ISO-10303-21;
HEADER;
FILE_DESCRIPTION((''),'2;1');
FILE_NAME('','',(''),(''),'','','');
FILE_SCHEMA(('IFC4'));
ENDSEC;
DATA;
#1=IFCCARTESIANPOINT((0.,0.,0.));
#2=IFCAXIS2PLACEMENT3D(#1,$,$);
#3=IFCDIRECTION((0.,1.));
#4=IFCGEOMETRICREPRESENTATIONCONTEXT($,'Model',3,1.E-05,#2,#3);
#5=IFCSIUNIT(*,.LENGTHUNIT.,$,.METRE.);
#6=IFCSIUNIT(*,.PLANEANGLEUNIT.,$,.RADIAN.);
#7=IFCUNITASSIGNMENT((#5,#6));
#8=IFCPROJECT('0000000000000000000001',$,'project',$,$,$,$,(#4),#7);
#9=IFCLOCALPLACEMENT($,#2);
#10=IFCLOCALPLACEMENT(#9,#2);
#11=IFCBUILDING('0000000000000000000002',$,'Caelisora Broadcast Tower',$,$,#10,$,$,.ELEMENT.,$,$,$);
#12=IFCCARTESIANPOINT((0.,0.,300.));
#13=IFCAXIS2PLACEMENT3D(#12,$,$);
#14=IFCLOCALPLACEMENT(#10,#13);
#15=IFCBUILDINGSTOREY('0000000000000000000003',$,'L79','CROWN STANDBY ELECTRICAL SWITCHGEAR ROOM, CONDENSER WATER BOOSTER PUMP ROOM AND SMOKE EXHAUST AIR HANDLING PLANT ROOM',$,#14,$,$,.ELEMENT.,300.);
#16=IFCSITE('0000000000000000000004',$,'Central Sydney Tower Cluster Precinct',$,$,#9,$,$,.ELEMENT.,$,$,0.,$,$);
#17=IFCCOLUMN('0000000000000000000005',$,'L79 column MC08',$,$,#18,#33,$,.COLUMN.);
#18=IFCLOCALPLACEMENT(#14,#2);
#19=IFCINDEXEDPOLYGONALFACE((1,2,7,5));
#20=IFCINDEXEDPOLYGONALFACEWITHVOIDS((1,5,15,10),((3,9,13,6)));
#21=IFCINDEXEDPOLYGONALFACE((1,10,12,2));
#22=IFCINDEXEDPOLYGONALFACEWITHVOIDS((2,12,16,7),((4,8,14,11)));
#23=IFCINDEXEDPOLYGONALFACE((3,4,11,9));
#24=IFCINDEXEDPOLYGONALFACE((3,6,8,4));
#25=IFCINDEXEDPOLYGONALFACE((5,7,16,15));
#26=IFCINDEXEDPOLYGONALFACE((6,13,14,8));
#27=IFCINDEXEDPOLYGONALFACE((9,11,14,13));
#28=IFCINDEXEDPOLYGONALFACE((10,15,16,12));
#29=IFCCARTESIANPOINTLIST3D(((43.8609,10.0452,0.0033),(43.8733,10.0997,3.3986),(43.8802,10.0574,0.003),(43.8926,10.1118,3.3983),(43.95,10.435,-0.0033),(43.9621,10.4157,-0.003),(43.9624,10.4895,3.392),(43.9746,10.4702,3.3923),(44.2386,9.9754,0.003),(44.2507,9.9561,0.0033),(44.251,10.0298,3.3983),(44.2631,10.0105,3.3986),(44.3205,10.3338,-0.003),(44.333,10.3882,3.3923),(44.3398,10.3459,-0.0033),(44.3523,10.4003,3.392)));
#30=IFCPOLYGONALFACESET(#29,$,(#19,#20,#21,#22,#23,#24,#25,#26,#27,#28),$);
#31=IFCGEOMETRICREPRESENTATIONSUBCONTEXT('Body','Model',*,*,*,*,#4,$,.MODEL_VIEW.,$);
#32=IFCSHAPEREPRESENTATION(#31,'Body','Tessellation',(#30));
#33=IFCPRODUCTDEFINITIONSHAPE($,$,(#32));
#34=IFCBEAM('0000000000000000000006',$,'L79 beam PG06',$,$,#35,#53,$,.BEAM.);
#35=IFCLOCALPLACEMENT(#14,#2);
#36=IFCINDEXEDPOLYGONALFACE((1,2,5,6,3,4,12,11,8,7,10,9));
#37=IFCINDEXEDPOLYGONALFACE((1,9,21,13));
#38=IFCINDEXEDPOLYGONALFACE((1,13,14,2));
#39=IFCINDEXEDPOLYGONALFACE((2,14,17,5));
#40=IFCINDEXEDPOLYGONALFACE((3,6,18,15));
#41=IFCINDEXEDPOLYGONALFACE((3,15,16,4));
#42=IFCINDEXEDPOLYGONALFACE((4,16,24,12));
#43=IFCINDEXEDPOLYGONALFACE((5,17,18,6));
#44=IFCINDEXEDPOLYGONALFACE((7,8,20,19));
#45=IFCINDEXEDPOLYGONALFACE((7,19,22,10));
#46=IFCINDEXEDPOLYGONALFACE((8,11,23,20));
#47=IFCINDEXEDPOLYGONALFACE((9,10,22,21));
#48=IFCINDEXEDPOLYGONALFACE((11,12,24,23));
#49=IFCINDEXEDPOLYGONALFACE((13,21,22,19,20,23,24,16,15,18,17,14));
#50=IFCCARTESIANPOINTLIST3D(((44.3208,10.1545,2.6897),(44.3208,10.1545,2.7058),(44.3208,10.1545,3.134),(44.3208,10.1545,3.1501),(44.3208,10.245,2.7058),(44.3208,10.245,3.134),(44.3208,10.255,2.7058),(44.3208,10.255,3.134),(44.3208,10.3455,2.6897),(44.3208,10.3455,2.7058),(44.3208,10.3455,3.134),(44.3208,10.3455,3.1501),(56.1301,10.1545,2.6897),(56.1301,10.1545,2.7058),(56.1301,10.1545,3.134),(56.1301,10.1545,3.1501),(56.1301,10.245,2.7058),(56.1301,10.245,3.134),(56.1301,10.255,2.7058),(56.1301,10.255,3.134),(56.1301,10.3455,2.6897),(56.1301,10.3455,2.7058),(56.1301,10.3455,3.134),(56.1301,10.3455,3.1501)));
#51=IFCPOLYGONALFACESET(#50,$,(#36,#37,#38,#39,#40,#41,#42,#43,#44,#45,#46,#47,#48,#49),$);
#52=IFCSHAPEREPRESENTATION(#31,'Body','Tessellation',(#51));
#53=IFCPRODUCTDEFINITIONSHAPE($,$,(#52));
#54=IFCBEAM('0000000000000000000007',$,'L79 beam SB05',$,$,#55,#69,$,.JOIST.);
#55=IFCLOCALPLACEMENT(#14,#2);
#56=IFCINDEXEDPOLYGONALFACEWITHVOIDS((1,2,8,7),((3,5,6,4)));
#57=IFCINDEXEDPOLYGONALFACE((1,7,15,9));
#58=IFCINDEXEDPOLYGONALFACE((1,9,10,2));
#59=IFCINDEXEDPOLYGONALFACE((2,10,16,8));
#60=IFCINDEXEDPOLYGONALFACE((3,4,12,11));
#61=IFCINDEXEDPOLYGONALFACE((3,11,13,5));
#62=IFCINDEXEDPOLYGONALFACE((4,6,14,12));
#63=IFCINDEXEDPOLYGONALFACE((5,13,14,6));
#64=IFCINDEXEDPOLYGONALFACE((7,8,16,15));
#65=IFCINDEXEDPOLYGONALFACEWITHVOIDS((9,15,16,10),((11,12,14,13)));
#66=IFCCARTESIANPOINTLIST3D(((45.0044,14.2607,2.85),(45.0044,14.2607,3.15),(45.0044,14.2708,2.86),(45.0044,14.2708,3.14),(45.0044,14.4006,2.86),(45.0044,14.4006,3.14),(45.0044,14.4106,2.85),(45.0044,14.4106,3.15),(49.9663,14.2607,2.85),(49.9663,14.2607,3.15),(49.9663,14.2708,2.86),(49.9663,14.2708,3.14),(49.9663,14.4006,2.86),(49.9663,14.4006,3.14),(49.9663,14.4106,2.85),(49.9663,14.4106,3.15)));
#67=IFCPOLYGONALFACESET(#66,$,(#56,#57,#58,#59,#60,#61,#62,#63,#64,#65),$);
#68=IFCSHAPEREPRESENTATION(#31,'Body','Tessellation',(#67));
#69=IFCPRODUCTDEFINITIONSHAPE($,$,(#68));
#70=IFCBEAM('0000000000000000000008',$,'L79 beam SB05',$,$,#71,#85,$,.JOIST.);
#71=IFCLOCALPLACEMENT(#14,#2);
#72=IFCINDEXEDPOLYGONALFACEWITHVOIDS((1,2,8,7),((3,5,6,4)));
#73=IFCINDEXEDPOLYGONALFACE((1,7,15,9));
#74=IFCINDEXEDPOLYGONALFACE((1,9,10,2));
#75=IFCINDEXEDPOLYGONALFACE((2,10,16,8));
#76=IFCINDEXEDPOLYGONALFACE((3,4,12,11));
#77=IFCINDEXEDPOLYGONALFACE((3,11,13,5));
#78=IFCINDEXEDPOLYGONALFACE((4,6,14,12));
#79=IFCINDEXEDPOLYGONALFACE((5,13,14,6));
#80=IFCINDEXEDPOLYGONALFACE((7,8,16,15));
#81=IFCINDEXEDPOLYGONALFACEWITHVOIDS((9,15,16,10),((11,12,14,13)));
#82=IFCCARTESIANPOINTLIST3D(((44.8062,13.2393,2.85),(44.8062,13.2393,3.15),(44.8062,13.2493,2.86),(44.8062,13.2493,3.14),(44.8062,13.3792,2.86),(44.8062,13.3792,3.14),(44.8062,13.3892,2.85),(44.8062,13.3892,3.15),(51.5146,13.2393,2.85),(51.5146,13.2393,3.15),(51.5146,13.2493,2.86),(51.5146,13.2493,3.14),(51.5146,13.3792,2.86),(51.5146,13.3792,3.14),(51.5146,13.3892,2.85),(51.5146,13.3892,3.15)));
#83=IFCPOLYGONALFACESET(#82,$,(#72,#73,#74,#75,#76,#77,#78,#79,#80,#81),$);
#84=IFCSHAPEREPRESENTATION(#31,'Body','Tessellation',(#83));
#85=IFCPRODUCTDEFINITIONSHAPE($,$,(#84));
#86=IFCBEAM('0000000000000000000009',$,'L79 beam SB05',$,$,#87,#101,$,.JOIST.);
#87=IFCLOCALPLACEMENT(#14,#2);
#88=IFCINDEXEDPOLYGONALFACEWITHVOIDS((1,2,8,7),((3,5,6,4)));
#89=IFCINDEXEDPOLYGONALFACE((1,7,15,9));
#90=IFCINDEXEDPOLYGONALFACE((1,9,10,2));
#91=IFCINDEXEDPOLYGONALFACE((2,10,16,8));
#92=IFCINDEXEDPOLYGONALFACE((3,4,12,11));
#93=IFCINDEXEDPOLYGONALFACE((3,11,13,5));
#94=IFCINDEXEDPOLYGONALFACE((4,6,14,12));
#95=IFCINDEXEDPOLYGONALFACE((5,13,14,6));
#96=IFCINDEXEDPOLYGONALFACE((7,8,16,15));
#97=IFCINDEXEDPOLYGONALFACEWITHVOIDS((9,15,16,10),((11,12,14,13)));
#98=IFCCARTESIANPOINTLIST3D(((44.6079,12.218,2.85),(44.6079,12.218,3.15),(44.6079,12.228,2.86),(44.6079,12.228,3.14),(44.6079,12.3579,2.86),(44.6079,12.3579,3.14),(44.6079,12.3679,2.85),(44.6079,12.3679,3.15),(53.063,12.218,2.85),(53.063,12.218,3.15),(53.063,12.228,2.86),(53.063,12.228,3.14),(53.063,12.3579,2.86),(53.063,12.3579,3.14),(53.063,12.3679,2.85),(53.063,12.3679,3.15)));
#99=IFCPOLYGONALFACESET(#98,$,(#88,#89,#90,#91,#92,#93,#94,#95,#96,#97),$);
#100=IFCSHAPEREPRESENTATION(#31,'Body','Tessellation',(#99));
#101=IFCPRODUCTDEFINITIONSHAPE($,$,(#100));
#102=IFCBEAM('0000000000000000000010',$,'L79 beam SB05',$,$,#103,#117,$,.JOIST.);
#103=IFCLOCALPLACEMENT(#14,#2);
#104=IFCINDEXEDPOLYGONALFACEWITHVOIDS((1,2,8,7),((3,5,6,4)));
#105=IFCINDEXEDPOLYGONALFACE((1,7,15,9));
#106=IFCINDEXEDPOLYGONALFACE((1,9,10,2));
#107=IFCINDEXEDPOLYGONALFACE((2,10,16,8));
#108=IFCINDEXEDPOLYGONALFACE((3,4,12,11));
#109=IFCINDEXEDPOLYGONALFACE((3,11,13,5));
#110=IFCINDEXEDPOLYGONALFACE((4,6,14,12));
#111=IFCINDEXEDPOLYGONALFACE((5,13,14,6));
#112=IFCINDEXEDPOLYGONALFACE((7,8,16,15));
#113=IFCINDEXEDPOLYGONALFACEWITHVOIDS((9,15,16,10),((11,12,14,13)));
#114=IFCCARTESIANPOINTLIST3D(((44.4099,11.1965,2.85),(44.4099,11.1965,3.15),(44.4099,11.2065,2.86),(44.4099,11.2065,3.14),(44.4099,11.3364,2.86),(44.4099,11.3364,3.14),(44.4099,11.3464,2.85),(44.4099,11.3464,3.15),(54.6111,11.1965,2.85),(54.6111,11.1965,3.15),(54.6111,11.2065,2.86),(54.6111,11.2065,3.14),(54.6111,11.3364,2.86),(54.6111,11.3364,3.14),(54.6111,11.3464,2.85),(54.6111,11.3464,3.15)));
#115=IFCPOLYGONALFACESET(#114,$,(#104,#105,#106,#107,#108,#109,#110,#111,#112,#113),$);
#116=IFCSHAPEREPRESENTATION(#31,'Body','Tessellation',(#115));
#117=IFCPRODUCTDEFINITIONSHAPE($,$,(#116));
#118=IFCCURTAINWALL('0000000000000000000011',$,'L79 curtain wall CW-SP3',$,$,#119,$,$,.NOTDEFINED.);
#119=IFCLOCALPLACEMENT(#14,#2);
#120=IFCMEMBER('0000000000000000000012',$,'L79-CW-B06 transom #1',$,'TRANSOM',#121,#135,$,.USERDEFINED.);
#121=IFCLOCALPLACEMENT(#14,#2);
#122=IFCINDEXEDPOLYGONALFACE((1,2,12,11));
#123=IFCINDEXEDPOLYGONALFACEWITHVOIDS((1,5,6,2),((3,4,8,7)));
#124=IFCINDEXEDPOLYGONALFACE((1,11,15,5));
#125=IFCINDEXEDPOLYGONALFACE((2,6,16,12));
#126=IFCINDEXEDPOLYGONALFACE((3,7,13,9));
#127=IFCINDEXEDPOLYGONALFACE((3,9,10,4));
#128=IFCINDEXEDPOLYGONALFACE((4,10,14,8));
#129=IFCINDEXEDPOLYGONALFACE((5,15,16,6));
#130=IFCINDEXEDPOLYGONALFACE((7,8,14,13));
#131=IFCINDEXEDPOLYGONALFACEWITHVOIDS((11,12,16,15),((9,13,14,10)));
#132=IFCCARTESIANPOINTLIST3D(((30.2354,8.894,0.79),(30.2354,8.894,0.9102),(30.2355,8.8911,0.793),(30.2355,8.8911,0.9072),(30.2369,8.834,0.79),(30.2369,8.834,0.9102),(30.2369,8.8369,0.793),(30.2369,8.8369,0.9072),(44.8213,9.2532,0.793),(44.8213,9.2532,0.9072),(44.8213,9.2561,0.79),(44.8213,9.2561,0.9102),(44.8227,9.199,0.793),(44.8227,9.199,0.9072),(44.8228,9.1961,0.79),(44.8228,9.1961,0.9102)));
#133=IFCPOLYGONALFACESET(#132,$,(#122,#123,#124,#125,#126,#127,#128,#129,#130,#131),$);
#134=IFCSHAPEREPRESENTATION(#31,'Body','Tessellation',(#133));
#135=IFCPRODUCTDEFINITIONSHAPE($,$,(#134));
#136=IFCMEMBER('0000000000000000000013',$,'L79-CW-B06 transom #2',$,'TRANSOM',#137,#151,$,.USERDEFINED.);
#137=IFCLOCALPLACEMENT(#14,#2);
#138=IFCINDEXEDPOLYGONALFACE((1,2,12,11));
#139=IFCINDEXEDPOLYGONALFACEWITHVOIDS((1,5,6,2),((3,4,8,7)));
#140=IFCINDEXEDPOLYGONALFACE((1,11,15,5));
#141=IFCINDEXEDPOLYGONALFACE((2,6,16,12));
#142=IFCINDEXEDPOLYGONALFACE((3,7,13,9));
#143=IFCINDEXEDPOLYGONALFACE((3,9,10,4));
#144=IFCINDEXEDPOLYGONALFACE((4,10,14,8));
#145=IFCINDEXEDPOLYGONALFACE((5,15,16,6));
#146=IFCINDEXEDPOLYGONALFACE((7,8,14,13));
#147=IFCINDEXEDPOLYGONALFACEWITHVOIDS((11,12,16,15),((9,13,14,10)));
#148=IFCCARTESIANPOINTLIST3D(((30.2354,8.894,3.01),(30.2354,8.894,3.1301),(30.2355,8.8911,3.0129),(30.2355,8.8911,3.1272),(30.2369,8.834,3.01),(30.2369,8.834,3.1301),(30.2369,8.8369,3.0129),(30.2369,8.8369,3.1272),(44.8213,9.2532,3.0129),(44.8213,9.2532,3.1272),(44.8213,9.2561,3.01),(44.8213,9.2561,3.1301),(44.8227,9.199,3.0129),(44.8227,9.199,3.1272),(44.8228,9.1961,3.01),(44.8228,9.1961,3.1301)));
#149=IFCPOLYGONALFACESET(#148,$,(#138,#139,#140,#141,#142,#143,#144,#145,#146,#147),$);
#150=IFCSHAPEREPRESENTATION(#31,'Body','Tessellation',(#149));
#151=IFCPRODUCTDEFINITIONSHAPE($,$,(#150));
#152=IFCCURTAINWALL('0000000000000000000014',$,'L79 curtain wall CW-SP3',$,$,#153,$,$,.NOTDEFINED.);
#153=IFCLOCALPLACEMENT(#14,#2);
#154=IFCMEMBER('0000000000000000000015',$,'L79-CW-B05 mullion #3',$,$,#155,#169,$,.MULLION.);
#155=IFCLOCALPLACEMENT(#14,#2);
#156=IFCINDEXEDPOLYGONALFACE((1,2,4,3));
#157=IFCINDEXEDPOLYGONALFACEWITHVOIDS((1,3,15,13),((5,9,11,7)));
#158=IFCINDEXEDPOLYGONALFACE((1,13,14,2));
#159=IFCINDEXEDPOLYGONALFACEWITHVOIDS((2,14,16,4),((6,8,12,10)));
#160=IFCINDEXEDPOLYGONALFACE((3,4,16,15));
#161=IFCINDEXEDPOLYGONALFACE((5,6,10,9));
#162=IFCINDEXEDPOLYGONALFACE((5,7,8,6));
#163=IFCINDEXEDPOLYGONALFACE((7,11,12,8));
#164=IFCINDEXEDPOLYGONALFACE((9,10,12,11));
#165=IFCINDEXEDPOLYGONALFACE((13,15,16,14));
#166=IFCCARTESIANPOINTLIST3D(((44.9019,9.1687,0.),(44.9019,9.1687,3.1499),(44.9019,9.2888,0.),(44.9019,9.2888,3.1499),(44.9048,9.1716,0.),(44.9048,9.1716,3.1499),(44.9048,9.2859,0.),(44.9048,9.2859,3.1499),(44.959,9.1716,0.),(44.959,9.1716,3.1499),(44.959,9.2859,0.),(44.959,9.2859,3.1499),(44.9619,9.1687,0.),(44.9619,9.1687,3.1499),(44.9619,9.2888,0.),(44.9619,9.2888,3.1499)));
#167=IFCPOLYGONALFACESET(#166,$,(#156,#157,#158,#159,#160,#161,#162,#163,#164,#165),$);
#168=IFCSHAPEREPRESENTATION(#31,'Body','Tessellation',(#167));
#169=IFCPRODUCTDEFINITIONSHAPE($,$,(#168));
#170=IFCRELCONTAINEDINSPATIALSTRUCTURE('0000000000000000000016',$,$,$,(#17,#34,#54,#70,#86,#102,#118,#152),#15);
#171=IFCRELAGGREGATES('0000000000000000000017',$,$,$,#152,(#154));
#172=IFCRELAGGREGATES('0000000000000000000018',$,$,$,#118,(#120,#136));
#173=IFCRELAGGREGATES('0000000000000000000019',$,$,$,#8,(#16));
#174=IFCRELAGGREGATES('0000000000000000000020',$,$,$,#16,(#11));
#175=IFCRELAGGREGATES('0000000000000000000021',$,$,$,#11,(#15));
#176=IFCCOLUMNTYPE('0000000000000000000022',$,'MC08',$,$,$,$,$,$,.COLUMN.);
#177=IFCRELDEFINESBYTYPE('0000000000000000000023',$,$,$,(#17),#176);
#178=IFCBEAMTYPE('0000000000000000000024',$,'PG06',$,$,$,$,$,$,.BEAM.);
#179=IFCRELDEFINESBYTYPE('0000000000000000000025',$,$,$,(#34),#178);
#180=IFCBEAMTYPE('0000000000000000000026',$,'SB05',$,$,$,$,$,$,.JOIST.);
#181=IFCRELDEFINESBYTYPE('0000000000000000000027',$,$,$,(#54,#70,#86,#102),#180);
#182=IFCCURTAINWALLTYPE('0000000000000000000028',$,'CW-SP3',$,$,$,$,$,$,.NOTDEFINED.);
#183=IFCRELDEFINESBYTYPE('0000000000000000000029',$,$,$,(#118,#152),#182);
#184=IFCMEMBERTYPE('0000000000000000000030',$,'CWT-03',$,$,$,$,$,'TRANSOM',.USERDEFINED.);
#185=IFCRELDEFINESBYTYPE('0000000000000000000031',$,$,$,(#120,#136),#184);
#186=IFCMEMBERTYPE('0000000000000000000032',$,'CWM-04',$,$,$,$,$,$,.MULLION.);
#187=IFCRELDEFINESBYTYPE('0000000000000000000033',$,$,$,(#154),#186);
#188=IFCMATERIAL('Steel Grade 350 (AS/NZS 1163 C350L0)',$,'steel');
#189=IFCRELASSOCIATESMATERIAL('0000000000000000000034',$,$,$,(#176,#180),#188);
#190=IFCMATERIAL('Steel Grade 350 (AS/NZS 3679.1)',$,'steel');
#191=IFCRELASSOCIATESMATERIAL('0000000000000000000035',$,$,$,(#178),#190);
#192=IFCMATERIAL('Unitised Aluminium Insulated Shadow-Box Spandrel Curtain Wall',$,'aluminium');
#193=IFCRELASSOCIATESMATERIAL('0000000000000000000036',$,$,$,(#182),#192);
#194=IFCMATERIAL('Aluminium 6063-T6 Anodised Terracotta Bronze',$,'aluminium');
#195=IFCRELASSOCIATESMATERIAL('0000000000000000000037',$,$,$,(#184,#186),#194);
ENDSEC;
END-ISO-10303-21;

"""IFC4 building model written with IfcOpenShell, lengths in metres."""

from ifc_helpers import new_model, si_unit, direction, frame, origin, origin_2d, place, context, subcontext, project, spatial, hollow_rectangle, i_section, extrude, source, transform, mapped, material, material_profile, profile_set, type_object, type_shapes, element, aggregate, save


model = new_model("IFC4")

# Units and contexts
model_context = context("Model", 3, precision=1e-05, world=origin(), true_north=direction((0.0, 1.0)))
body_context = subcontext(model_context, "Body", "Model", "MODEL_VIEW")
ifc_project = project(units=[si_unit("LENGTHUNIT", "METRE"), si_unit("PLANEANGLEUNIT", "RADIAN")], contexts=[model_context])

# Site, building, storey
site_placement = place(None, origin())
site = spatial("IfcSite", under=ifc_project, at=site_placement, Name="Central Sydney Tower Cluster Precinct", CompositionType="ELEMENT", RefElevation=0.0)
building_placement = place(site_placement, origin())
building = spatial("IfcBuilding", under=site, at=building_placement, Name="Caelisora Broadcast Tower", CompositionType="ELEMENT")
storey_placement = place(building_placement, frame((0.0, 0.0, 300.0)))
storey = spatial("IfcBuildingStorey", under=building, at=storey_placement, Name="L79", Description="CROWN STANDBY ELECTRICAL SWITCHGEAR ROOM, CONDENSER WATER BOOSTER PUMP ROOM AND SMOKE EXHAUST AIR HANDLING PLANT ROOM", CompositionType="ELEMENT", Elevation=300.0)

# Column
ifc_material_1 = material(Name="Steel Grade 350 (AS/NZS 1163 C350L0)", Category="steel")
ifc_material_profile_1 = material_profile(ifc_material_1, hollow_rectangle(XDim=0.3999, YDim=0.3999, WallThickness=0.0161, at=origin_2d()), Name="Steel Grade 350 (AS/NZS 1163 C350L0)")
ifc_profile_set_1 = profile_set([ifc_material_profile_1], Name="Steel Grade 350 (AS/NZS 1163 C350L0)")
column_type = type_object("IfcColumnType", Name="MC08", PredefinedType="COLUMN", material=ifc_profile_set_1)
shared_shape_1 = source(origin(), body_context, "Body", "SweptSolid", [
    extrude(hollow_rectangle(XDim=0.3999, YDim=0.3999, WallThickness=0.0161, at=origin_2d()), origin(), (0.0, 0.0, 1.0), 3.3958),
])
type_shapes(column_type, [shared_shape_1])
column_placement = place(storey_placement, frame((44.1003, 10.1956, 0.0), z_axis=(0.003667, 0.016033, 0.999865), x_axis=(-0.974831, 0.222943, 0.0)))
element("IfcColumn", 1, at=column_placement, inside=storey, type_object=column_type, Name="L79 column MC08", PredefinedType="COLUMN", context=body_context, shape_type="MappedRepresentation", body=[
    mapped(shared_shape_1, transform((0.0, 0.0, 0.0), scale=1.0)),
])

# Beams
ifc_material_2 = material(Name="Steel Grade 350 (AS/NZS 3679.1)", Category="steel")
ifc_material_profile_2 = material_profile(ifc_material_2, i_section(OverallWidth=0.1909, OverallDepth=0.4604, WebThickness=0.01, FlangeThickness=0.0161, at=origin_2d()), Name="Steel Grade 350 (AS/NZS 3679.1)")
ifc_profile_set_2 = profile_set([ifc_material_profile_2], Name="Steel Grade 350 (AS/NZS 3679.1)")
beam_type_1 = type_object("IfcBeamType", Name="PG06", PredefinedType="BEAM", material=ifc_profile_set_2)
shared_shape_2 = source(origin(), body_context, "Body", "SweptSolid", [
    extrude(i_section(OverallWidth=0.1909, OverallDepth=0.4604, WebThickness=0.01, FlangeThickness=0.0161, at=origin_2d()), origin(), (0.0, 0.0, 1.0), 11.8093),
])
type_shapes(beam_type_1, [shared_shape_2])
beam_1_placement = place(storey_placement, frame((44.3208, 10.25, 2.9199), z_axis=(1.0, 0.0, 0.0), x_axis=(0.0, 1.0, 0.0)))
element("IfcBeam", 2, at=beam_1_placement, inside=storey, type_object=beam_type_1, Name="L79 beam PG06", PredefinedType="BEAM", context=body_context, shape_type="MappedRepresentation", body=[
    mapped(shared_shape_2, transform((0.0, 0.0, 0.0), scale=1.0)),
])
ifc_material_profile_3 = material_profile(ifc_material_1, hollow_rectangle(XDim=0.1499, YDim=0.3, WallThickness=0.01, at=origin_2d()), Name="Steel Grade 350 (AS/NZS 1163 C350L0)")
ifc_profile_set_3 = profile_set([ifc_material_profile_3], Name="Steel Grade 350 (AS/NZS 1163 C350L0)")
beam_type_2 = type_object("IfcBeamType", Name="SB05", PredefinedType="JOIST", material=ifc_profile_set_3)
shared_shape_3 = source(origin(), body_context, "Body", "SweptSolid", [
    extrude(hollow_rectangle(XDim=0.1499, YDim=0.3, WallThickness=0.01, at=origin_2d()), origin(), (0.0, 0.0, 1.0), 4.9619),
])
beam_2_placement = place(storey_placement, frame((45.0044, 14.3357, 3.0), z_axis=(1.0, 0.0, 0.0), x_axis=(0.0, 1.0, 0.0)))
element("IfcBeam", 3, at=beam_2_placement, inside=storey, type_object=beam_type_2, Name="L79 beam SB05", PredefinedType="JOIST", context=body_context, shape_type="MappedRepresentation", body=[
    mapped(shared_shape_3, transform((0.0, 0.0, 0.0), scale=1.0)),
])
shared_shape_4 = source(origin(), body_context, "Body", "SweptSolid", [
    extrude(hollow_rectangle(XDim=0.1499, YDim=0.3, WallThickness=0.01, at=origin_2d()), origin(), (0.0, 0.0, 1.0), 6.7085),
])
beam_3_placement = place(storey_placement, frame((44.8062, 13.3142, 3.0), z_axis=(1.0, 0.0, 0.0), x_axis=(0.0, 1.0, 0.0)))
element("IfcBeam", 4, at=beam_3_placement, inside=storey, type_object=beam_type_2, Name="L79 beam SB05", PredefinedType="JOIST", context=body_context, shape_type="MappedRepresentation", body=[
    mapped(shared_shape_4, transform((0.0, 0.0, 0.0), scale=1.0)),
])
shared_shape_5 = source(origin(), body_context, "Body", "SweptSolid", [
    extrude(hollow_rectangle(XDim=0.1499, YDim=0.3, WallThickness=0.01, at=origin_2d()), origin(), (0.0, 0.0, 1.0), 8.4551),
])
beam_4_placement = place(storey_placement, frame((44.6079, 12.293, 3.0), z_axis=(1.0, 0.0, 0.0), x_axis=(0.0, 1.0, 0.0)))
element("IfcBeam", 5, at=beam_4_placement, inside=storey, type_object=beam_type_2, Name="L79 beam SB05", PredefinedType="JOIST", context=body_context, shape_type="MappedRepresentation", body=[
    mapped(shared_shape_5, transform((0.0, 0.0, 0.0), scale=1.0)),
])
shared_shape_6 = source(origin(), body_context, "Body", "SweptSolid", [
    extrude(hollow_rectangle(XDim=0.1499, YDim=0.3, WallThickness=0.01, at=origin_2d()), origin(), (0.0, 0.0, 1.0), 10.2012),
])
type_shapes(beam_type_2, [shared_shape_3, shared_shape_4, shared_shape_5, shared_shape_6])
beam_5_placement = place(storey_placement, frame((44.4099, 11.2715, 3.0), z_axis=(1.0, 0.0, 0.0), x_axis=(0.0, 1.0, 0.0)))
element("IfcBeam", 6, at=beam_5_placement, inside=storey, type_object=beam_type_2, Name="L79 beam SB05", PredefinedType="JOIST", context=body_context, shape_type="MappedRepresentation", body=[
    mapped(shared_shape_6, transform((0.0, 0.0, 0.0), scale=1.0)),
])

# Curtain wall, members
ifc_material_3 = material(Name="Unitised Aluminium Insulated Shadow-Box Spandrel Curtain Wall", Category="aluminium")
curtain_wall_type = type_object("IfcCurtainWallType", Name="CW-SP3", PredefinedType="NOTDEFINED", material=ifc_material_3)
curtain_wall_1_placement = place(storey_placement, origin())
curtain_wall_1 = element("IfcCurtainWall", 7, at=curtain_wall_1_placement, inside=storey, type_object=curtain_wall_type, Name="L79 curtain wall CW-SP3", PredefinedType="NOTDEFINED")
ifc_material_4 = material(Name="Aluminium 6063-T6 Anodised Terracotta Bronze", Category="aluminium")
ifc_material_profile_4 = material_profile(ifc_material_4, hollow_rectangle(XDim=0.0601, YDim=0.1201, WallThickness=0.0029, at=origin_2d()), Name="Aluminium 6063-T6 Anodised Terracotta Bronze")
ifc_profile_set_4 = profile_set([ifc_material_profile_4], Name="Aluminium 6063-T6 Anodised Terracotta Bronze")
member_type_1 = type_object("IfcMemberType", Name="CWT-03", ElementType="TRANSOM", PredefinedType="USERDEFINED", material=ifc_profile_set_4)
shared_shape_7 = source(origin(), body_context, "Body", "SweptSolid", [
    extrude(hollow_rectangle(XDim=0.0601, YDim=0.1201, WallThickness=0.0029, at=origin_2d()), origin(), (0.0, 0.0, 1.0), 14.5903),
])
type_shapes(member_type_1, [shared_shape_7])
member_1_placement = place(storey_placement, frame((44.822, 9.2261, 0.8501), z_axis=(-0.999692, -0.024815, 0.0), x_axis=(0.024815, -0.999692, 0.0)))
member_1 = element("IfcMember", 8, at=member_1_placement, type_object=member_type_1, Name="L79-CW-B06 transom #1", ObjectType="TRANSOM", PredefinedType="USERDEFINED", context=body_context, shape_type="MappedRepresentation", body=[
    mapped(shared_shape_7, transform((0.0, 0.0, 0.0), scale=1.0)),
])
member_2_placement = place(storey_placement, frame((44.822, 9.2261, 3.0701), z_axis=(-0.999692, -0.024815, 0.0), x_axis=(0.024815, -0.999692, 0.0)))
member_2 = element("IfcMember", 9, at=member_2_placement, type_object=member_type_1, Name="L79-CW-B06 transom #2", ObjectType="TRANSOM", PredefinedType="USERDEFINED", context=body_context, shape_type="MappedRepresentation", body=[
    mapped(shared_shape_7, transform((0.0, 0.0, 0.0), scale=1.0)),
])

# Curtain wall, member
curtain_wall_2_placement = place(storey_placement, origin())
curtain_wall_2 = element("IfcCurtainWall", 10, at=curtain_wall_2_placement, inside=storey, type_object=curtain_wall_type, Name="L79 curtain wall CW-SP3", PredefinedType="NOTDEFINED")
ifc_material_profile_5 = material_profile(ifc_material_4, hollow_rectangle(XDim=0.0601, YDim=0.1201, WallThickness=0.0029, at=origin_2d()), Name="Aluminium 6063-T6 Anodised Terracotta Bronze")
ifc_profile_set_5 = profile_set([ifc_material_profile_5], Name="Aluminium 6063-T6 Anodised Terracotta Bronze")
member_type_2 = type_object("IfcMemberType", Name="CWM-04", PredefinedType="MULLION", material=ifc_profile_set_5)
shared_shape_8 = source(origin(), body_context, "Body", "SweptSolid", [
    extrude(hollow_rectangle(XDim=0.0601, YDim=0.1201, WallThickness=0.0029, at=origin_2d()), origin(), (0.0, 0.0, 1.0), 3.1499),
])
type_shapes(member_type_2, [shared_shape_8])
member_3_placement = place(storey_placement, frame((44.9319, 9.2288, 0.0), z_axis=(0.0, 0.0, 1.0), x_axis=(1.0, 0.0, 0.0)))
member_3 = element("IfcMember", 11, at=member_3_placement, type_object=member_type_2, Name="L79-CW-B05 mullion #3", PredefinedType="MULLION", context=body_context, shape_type="MappedRepresentation", body=[
    mapped(shared_shape_8, transform((0.0, 0.0, 0.0), scale=1.0)),
])

aggregate(curtain_wall_2, [member_3])
aggregate(curtain_wall_1, [member_1, member_2])

save(model, "model.ifc")
